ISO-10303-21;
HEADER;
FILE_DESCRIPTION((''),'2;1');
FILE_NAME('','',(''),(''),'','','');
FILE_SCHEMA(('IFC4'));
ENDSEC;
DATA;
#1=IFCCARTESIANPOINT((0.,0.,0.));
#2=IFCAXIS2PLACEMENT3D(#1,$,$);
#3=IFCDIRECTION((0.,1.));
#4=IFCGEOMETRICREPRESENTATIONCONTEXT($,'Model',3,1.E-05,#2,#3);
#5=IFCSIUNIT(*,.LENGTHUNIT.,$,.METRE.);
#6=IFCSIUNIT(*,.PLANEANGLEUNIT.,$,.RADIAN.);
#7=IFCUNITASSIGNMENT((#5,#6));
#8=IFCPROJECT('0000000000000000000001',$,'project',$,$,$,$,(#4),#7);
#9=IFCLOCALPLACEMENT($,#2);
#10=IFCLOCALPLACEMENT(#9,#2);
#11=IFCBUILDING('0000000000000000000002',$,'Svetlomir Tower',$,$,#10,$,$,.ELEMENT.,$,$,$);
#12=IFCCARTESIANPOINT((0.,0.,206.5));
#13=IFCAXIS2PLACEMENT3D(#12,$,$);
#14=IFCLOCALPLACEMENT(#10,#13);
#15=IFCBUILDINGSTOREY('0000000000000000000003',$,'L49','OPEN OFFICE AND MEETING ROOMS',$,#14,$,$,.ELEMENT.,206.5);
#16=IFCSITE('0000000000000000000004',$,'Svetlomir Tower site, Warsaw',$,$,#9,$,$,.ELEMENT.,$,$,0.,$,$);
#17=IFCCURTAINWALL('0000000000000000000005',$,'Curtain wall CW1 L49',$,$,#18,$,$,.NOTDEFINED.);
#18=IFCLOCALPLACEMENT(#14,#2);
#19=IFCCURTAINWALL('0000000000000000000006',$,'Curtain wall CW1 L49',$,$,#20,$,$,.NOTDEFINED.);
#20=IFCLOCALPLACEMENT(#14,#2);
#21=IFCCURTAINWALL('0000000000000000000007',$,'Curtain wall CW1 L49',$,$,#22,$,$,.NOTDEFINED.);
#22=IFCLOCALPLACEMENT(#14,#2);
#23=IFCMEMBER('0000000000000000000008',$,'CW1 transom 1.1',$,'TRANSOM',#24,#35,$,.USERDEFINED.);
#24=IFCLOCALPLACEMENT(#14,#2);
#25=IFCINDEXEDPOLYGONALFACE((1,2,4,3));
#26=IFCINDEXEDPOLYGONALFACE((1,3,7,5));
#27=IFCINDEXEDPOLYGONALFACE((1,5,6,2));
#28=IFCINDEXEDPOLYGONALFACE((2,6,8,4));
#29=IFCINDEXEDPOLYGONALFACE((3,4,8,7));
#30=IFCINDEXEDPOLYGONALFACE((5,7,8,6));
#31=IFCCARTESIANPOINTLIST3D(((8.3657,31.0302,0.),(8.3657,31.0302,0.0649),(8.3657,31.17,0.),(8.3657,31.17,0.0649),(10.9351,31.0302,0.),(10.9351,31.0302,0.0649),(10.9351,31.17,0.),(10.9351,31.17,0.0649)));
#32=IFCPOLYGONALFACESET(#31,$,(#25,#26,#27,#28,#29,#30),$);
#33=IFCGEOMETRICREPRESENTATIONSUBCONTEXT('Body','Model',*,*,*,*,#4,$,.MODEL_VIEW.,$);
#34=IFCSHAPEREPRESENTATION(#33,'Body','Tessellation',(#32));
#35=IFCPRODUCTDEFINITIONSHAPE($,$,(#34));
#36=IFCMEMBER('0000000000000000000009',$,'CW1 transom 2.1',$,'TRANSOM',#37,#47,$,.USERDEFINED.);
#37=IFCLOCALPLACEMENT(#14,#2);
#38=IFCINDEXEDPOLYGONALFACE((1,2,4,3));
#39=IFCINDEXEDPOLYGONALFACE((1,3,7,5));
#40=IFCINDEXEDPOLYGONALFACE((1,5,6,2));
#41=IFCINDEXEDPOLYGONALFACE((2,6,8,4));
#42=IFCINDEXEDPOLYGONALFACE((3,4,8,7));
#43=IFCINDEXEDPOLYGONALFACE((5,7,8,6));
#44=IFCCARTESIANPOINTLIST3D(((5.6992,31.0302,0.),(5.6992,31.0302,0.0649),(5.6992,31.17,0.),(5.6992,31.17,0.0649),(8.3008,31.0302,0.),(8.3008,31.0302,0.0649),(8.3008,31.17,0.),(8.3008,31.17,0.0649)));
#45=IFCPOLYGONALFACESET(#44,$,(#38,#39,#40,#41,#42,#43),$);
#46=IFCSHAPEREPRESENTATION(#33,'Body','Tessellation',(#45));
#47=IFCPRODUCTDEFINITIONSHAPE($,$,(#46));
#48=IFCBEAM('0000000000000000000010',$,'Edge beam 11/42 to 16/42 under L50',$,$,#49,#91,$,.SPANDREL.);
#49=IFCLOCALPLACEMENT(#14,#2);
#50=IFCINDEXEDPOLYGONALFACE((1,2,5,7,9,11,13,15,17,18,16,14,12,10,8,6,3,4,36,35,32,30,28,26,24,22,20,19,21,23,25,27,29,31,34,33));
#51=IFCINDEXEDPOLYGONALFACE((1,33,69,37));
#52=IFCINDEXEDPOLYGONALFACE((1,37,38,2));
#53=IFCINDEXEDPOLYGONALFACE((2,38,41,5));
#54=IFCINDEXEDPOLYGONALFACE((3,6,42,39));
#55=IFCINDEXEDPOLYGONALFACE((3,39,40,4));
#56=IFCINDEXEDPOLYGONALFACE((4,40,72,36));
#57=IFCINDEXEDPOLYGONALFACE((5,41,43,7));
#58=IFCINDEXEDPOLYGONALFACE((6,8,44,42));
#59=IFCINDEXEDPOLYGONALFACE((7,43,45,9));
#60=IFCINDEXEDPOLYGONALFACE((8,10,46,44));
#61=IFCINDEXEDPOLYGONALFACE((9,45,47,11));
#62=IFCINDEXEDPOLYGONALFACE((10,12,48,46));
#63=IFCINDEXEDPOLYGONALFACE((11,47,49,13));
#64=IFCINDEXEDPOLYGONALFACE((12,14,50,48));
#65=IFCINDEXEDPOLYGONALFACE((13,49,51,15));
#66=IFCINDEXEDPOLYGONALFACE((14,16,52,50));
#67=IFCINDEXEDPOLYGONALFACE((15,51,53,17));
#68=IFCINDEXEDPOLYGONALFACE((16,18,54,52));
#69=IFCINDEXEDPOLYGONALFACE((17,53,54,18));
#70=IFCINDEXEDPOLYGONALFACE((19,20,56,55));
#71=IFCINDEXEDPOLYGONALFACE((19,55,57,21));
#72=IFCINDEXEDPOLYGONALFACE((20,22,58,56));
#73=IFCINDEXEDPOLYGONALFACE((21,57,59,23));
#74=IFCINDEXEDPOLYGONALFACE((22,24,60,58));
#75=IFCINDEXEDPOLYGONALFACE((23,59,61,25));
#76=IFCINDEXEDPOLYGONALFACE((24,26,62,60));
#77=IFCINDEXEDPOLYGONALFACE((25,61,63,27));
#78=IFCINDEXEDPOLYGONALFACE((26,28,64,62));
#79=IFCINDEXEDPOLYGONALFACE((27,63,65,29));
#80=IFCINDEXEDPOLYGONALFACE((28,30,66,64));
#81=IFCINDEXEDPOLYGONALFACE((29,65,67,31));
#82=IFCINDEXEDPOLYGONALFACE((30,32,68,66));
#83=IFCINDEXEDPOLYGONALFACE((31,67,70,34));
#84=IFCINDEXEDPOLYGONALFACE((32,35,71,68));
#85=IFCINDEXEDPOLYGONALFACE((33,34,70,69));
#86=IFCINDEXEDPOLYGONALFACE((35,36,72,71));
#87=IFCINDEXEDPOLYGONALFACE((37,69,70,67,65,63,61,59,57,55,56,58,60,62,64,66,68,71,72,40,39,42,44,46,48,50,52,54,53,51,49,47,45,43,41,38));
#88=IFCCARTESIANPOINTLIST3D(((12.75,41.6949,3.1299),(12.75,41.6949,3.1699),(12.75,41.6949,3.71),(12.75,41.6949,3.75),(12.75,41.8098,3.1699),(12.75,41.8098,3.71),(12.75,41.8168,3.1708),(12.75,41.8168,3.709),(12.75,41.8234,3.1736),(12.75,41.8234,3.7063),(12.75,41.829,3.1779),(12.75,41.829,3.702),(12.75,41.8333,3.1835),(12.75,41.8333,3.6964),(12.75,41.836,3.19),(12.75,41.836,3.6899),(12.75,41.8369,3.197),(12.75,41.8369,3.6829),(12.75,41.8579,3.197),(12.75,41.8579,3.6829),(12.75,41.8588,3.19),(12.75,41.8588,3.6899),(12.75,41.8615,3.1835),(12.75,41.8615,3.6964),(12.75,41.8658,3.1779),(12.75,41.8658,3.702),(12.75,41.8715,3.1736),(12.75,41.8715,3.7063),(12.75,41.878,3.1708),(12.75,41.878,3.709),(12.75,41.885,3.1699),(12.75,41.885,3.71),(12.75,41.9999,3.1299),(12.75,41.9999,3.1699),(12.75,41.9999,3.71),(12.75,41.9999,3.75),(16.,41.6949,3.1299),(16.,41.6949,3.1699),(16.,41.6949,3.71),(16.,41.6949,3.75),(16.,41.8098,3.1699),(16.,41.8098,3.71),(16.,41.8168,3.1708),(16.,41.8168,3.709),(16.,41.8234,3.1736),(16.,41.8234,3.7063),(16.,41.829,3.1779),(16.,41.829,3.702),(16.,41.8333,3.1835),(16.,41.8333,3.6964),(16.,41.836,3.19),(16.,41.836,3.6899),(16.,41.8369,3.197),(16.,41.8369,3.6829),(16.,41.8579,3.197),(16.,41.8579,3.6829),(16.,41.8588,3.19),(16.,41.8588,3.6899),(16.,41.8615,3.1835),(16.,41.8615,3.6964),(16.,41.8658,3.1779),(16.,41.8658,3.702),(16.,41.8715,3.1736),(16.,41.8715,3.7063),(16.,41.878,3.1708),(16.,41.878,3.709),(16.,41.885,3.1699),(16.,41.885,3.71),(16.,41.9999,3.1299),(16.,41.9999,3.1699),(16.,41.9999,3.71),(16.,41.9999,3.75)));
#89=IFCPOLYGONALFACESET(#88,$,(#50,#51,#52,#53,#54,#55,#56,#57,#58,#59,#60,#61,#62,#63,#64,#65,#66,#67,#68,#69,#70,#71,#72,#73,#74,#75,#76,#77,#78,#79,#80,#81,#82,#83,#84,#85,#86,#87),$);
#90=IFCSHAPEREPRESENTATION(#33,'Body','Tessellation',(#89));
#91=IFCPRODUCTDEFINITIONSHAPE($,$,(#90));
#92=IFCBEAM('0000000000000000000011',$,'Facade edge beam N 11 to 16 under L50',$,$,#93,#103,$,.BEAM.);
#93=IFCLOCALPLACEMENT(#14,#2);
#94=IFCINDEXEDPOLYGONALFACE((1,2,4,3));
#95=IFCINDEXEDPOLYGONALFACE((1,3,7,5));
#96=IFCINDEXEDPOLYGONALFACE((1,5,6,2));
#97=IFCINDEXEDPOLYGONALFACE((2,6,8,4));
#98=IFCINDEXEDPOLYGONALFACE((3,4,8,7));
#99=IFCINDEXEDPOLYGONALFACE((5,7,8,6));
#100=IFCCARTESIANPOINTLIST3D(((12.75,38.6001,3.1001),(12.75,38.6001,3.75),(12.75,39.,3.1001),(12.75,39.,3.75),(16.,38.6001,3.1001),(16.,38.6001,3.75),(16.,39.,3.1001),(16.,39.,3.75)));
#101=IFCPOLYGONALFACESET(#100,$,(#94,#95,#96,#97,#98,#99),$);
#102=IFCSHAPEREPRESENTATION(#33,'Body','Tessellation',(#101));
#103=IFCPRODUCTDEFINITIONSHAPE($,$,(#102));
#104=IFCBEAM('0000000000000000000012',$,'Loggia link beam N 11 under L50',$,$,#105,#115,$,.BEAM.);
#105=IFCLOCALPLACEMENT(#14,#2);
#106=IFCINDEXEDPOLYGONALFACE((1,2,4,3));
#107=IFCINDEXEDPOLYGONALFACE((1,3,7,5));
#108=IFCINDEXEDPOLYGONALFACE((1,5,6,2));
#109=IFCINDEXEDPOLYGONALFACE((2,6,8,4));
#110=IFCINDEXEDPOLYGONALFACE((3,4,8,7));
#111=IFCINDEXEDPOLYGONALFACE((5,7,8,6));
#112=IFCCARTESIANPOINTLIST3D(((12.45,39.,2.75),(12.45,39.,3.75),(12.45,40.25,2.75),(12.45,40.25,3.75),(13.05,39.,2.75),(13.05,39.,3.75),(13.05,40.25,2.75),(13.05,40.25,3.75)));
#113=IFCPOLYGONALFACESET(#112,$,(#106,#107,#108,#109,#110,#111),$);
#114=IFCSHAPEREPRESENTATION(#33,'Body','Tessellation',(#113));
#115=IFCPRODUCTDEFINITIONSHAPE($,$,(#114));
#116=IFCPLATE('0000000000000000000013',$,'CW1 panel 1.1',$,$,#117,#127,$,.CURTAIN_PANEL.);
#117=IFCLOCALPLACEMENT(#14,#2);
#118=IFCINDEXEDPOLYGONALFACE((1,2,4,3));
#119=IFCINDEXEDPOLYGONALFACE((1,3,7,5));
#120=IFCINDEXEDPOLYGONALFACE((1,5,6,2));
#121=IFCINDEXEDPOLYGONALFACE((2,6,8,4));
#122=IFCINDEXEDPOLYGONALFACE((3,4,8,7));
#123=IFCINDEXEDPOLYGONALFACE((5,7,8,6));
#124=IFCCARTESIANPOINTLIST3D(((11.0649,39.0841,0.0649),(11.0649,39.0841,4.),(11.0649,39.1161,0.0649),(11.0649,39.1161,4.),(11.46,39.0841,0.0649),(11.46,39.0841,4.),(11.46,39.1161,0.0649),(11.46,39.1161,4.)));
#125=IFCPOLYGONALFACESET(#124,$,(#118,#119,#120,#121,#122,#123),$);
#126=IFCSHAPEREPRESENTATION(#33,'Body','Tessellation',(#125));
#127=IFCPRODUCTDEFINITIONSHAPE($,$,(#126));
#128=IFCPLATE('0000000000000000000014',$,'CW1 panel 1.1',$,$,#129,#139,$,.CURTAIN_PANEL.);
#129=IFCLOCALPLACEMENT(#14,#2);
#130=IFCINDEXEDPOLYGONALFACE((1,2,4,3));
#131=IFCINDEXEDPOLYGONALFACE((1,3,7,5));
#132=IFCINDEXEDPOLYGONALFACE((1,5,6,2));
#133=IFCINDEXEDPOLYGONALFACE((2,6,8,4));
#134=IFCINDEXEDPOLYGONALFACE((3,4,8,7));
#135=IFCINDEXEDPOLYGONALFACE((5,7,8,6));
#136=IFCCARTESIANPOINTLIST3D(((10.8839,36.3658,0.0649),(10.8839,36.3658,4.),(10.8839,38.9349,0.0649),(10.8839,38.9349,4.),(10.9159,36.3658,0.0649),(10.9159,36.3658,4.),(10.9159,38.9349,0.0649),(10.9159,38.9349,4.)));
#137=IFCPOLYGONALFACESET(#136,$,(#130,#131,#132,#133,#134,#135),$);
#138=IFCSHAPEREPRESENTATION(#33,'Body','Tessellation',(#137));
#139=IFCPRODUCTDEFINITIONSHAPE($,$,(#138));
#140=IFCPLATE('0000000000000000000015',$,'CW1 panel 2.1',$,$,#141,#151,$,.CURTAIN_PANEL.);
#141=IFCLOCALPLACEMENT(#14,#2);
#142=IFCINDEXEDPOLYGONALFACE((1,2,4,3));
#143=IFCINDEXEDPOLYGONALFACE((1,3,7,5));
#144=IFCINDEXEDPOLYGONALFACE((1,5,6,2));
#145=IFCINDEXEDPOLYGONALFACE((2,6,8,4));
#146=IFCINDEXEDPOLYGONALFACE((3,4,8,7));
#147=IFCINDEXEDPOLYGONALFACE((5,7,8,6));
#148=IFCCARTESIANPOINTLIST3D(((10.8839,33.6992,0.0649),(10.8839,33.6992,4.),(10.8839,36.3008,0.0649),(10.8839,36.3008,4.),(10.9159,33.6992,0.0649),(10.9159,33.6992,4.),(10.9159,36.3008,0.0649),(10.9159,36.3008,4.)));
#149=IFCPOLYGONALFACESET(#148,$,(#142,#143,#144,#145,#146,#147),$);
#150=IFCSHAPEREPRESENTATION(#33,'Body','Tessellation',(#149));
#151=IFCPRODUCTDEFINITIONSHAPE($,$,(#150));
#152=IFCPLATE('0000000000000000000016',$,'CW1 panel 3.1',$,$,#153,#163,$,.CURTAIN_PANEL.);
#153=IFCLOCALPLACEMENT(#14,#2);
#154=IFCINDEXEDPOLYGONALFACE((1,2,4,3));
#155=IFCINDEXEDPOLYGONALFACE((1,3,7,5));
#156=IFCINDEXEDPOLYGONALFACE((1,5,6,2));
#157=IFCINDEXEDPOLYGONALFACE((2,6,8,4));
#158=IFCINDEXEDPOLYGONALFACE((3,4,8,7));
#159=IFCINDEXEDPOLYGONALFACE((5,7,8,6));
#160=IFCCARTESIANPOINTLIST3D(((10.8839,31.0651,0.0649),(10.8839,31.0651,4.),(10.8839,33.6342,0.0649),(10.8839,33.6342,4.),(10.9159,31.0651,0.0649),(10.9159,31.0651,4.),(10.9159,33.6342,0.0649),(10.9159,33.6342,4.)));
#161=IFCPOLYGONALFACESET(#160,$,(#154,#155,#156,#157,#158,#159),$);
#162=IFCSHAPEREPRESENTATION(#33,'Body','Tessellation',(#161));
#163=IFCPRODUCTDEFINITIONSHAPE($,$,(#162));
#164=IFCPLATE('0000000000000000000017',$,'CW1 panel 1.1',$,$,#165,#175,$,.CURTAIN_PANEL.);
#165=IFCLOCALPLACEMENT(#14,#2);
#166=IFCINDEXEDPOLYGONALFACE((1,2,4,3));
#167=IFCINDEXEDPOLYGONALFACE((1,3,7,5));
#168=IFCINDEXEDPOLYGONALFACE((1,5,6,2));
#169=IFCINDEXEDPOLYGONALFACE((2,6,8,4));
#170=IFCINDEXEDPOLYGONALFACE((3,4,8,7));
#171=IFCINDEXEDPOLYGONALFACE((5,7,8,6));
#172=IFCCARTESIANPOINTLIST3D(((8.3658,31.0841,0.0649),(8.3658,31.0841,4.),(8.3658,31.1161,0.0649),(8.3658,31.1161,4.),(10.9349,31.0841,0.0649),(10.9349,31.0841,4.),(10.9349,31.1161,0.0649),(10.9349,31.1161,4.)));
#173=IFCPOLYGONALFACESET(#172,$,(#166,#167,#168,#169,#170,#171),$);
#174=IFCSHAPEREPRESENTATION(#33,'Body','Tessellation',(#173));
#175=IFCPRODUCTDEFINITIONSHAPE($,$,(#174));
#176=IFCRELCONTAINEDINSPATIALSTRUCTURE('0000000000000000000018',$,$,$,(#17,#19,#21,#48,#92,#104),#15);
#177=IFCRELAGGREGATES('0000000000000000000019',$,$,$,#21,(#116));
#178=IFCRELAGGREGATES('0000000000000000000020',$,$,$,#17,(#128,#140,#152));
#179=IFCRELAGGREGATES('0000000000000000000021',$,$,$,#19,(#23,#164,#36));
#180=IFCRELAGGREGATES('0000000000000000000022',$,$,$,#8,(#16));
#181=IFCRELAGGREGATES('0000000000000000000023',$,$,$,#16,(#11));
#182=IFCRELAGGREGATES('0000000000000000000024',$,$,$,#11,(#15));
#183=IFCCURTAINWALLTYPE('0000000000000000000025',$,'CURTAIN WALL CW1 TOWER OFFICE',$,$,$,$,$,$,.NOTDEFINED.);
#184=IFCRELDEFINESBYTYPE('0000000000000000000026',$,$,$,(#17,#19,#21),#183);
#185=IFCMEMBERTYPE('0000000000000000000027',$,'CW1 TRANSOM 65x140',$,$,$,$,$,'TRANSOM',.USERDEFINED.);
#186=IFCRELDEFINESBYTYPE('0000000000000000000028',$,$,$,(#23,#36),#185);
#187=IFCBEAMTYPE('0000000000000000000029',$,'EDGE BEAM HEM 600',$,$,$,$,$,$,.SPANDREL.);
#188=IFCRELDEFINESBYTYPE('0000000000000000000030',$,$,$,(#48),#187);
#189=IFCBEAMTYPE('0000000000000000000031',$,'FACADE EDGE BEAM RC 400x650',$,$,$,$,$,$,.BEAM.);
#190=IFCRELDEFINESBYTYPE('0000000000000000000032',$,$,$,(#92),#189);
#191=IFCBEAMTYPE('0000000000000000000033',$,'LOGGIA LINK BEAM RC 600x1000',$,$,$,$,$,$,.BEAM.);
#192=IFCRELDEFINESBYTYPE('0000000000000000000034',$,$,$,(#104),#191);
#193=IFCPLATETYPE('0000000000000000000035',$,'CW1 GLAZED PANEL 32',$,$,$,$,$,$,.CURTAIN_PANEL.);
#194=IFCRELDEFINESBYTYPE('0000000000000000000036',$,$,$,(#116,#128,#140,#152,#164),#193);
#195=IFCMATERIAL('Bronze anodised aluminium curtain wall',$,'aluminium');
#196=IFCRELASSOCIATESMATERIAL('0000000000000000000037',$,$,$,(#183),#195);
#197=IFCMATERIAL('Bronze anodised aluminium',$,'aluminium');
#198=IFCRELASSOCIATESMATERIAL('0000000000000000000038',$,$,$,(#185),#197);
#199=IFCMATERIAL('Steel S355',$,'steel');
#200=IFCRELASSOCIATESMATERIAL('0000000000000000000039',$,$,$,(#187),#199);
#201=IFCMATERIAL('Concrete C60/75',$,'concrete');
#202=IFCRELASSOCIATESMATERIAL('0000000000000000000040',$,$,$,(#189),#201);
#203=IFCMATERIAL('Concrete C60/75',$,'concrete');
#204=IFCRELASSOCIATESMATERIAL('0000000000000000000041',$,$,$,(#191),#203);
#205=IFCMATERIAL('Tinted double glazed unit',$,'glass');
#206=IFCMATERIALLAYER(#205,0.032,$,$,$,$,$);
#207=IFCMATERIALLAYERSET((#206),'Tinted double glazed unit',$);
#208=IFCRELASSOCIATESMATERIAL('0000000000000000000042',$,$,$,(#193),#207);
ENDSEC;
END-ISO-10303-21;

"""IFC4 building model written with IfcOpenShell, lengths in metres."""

from ifc_helpers import new_model, si_unit, direction, frame, origin, origin_2d, place, context, subcontext, project, spatial, rectangle, i_section, extrude, material, layer, layer_set, material_profile, profile_set, type_object, element, aggregate, save


model = new_model("IFC4")

# Units and contexts
model_context = context("Model", 3, precision=1e-05, world=origin(), true_north=direction((0.0, 1.0)))
body_context = subcontext(model_context, "Body", "Model", "MODEL_VIEW")
ifc_project = project(units=[si_unit("LENGTHUNIT", "METRE"), si_unit("PLANEANGLEUNIT", "RADIAN")], contexts=[model_context])

# Site, building, storey
site_placement = place(None, origin())
site = spatial("IfcSite", under=ifc_project, at=site_placement, Name="Svetlomir Tower site, Warsaw", CompositionType="ELEMENT", RefElevation=0.0)
building_placement = place(site_placement, origin())
building = spatial("IfcBuilding", under=site, at=building_placement, Name="Svetlomir Tower", CompositionType="ELEMENT")
storey_placement = place(building_placement, frame((0.0, 0.0, 206.5)))
storey = spatial("IfcBuildingStorey", under=building, at=storey_placement, Name="L49", Description="OPEN OFFICE AND MEETING ROOMS", CompositionType="ELEMENT", Elevation=206.5)

# Curtain walls
ifc_material_1 = material(Name="Bronze anodised aluminium curtain wall", Category="aluminium")
curtain_wall_type = type_object("IfcCurtainWallType", Name="CURTAIN WALL CW1 TOWER OFFICE", PredefinedType="NOTDEFINED", material=ifc_material_1)
curtain_wall_1_placement = place(storey_placement, origin())
curtain_wall_1 = element("IfcCurtainWall", 1, at=curtain_wall_1_placement, inside=storey, type_object=curtain_wall_type, Name="Curtain wall CW1 L49", PredefinedType="NOTDEFINED")
curtain_wall_2_placement = place(storey_placement, origin())
curtain_wall_2 = element("IfcCurtainWall", 2, at=curtain_wall_2_placement, inside=storey, type_object=curtain_wall_type, Name="Curtain wall CW1 L49", PredefinedType="NOTDEFINED")

# Curtain wall
curtain_wall_3_placement = place(storey_placement, origin())
curtain_wall_3 = element("IfcCurtainWall", 3, at=curtain_wall_3_placement, inside=storey, type_object=curtain_wall_type, Name="Curtain wall CW1 L49", PredefinedType="NOTDEFINED")

# Members
ifc_material_2 = material(Name="Bronze anodised aluminium", Category="aluminium")
ifc_material_profile_1 = material_profile(ifc_material_2, rectangle(XDim=0.1399, YDim=0.0649, at=origin_2d()), Name="AL 140x65")
ifc_profile_set_1 = profile_set([ifc_material_profile_1], Name="Bronze anodised aluminium 6063-T6")
member_type_1 = type_object("IfcMemberType", Name="CW1 TRANSOM 65x140", ElementType="TRANSOM", PredefinedType="USERDEFINED", material=ifc_profile_set_1)
member_1_placement = place(storey_placement, frame((10.9351, 31.1001, 0.0325), z_axis=(-1.0, 0.0, 0.0), x_axis=(0.0, -1.0, 0.0)))
member_1 = element("IfcMember", 4, at=member_1_placement, type_object=member_type_1, Name="CW1 transom 1.1", ObjectType="TRANSOM", PredefinedType="USERDEFINED", context=body_context, shape_type="SweptSolid", body=[
    extrude(rectangle(XDim=0.1399, YDim=0.0649, at=origin_2d()), origin(), (0.0, 0.0, 1.0), 2.5693),
])
member_2_placement = place(storey_placement, frame((8.3008, 31.1001, 0.0325), z_axis=(-1.0, 0.0, 0.0), x_axis=(0.0, -1.0, 0.0)))
member_2 = element("IfcMember", 5, at=member_2_placement, type_object=member_type_1, Name="CW1 transom 2.1", ObjectType="TRANSOM", PredefinedType="USERDEFINED", context=body_context, shape_type="SweptSolid", body=[
    extrude(rectangle(XDim=0.1399, YDim=0.0649, at=origin_2d()), origin(), (0.0, 0.0, 1.0), 2.6016),
])

# Beams
ifc_material_3 = material(Name="Steel S355", Category="steel")
ifc_material_profile_2 = material_profile(ifc_material_3, i_section(OverallWidth=0.3049, OverallDepth=0.6201, WebThickness=0.021, FlangeThickness=0.04, FilletRadius=0.0271, at=origin_2d()), Name="HEM 600")
ifc_profile_set_2 = profile_set([ifc_material_profile_2], Name="Steel S355")
beam_type_1 = type_object("IfcBeamType", Name="EDGE BEAM HEM 600", PredefinedType="SPANDREL", material=ifc_profile_set_2)
beam_1_placement = place(storey_placement, frame((12.75, 41.8474, 3.4399), z_axis=(1.0, 0.0, 0.0), x_axis=(0.0, 1.0, 0.0)))
element("IfcBeam", 6, at=beam_1_placement, inside=storey, type_object=beam_type_1, Name="Edge beam 11/42 to 16/42 under L50", PredefinedType="SPANDREL", context=body_context, shape_type="SweptSolid", body=[
    extrude(i_section(OverallWidth=0.3049, OverallDepth=0.6201, WebThickness=0.021, FlangeThickness=0.04, FilletRadius=0.0271, at=origin_2d()), origin(), (0.0, 0.0, 1.0), 3.25),
])
ifc_material_4 = material(Name="Concrete C60/75", Category="concrete")
ifc_material_profile_3 = material_profile(ifc_material_4, rectangle(XDim=0.3999, YDim=0.6499, at=origin_2d()), Name="RC 400x650")
ifc_profile_set_3 = profile_set([ifc_material_profile_3], Name="Concrete C60/75")
beam_type_2 = type_object("IfcBeamType", Name="FACADE EDGE BEAM RC 400x650", PredefinedType="BEAM", material=ifc_profile_set_3)
beam_2_placement = place(storey_placement, frame((12.75, 38.8, 3.425), z_axis=(1.0, 0.0, 0.0), x_axis=(0.0, 1.0, 0.0)))
element("IfcBeam", 7, at=beam_2_placement, inside=storey, type_object=beam_type_2, Name="Facade edge beam N 11 to 16 under L50", PredefinedType="BEAM", context=body_context, shape_type="SweptSolid", body=[
    extrude(rectangle(XDim=0.3999, YDim=0.6499, at=origin_2d()), origin(), (0.0, 0.0, 1.0), 3.25),
])
ifc_material_5 = material(Name="Concrete C60/75", Category="concrete")
ifc_material_profile_4 = material_profile(ifc_material_5, rectangle(XDim=0.6001, YDim=1.0, at=origin_2d()), Name="RC 600x1000")
ifc_profile_set_4 = profile_set([ifc_material_profile_4], Name="Concrete C60/75")
beam_type_3 = type_object("IfcBeamType", Name="LOGGIA LINK BEAM RC 600x1000", PredefinedType="BEAM", material=ifc_profile_set_4)
beam_3_placement = place(storey_placement, frame((12.75, 40.25, 3.25), z_axis=(0.0, -1.0, 0.0), x_axis=(1.0, 0.0, 0.0)))
element("IfcBeam", 8, at=beam_3_placement, inside=storey, type_object=beam_type_3, Name="Loggia link beam N 11 under L50", PredefinedType="BEAM", context=body_context, shape_type="SweptSolid", body=[
    extrude(rectangle(XDim=0.6001, YDim=1.0, at=origin_2d()), origin(), (0.0, 0.0, 1.0), 1.25),
])

# Plates
ifc_material_6 = material(Name="Tinted double glazed unit", Category="glass")
ifc_layer_1 = layer(ifc_material_6, 0.032)
ifc_layer_set_1 = layer_set([ifc_layer_1], Name="Tinted double glazed unit")
plate_type = type_object("IfcPlateType", Name="CW1 GLAZED PANEL 32", PredefinedType="CURTAIN_PANEL", material=ifc_layer_set_1)
plate_1_placement = place(storey_placement, frame((11.2625, 39.1001, 0.0649), z_axis=(0.0, 0.0, 1.0), x_axis=(-1.0, 0.0, 0.0)))
plate_1 = element("IfcPlate", 9, at=plate_1_placement, type_object=plate_type, Name="CW1 panel 1.1", PredefinedType="CURTAIN_PANEL", context=body_context, shape_type="SweptSolid", body=[
    extrude(rectangle(XDim=0.395, YDim=0.032, at=origin_2d()), origin(), (0.0, 0.0, 1.0), 3.9351),
])
aggregate(curtain_wall_3, [plate_1])
plate_2_placement = place(storey_placement, frame((10.8999, 37.6504, 0.0649), z_axis=(0.0, 0.0, 1.0), x_axis=(0.0, -1.0, 0.0)))
plate_2 = element("IfcPlate", 10, at=plate_2_placement, type_object=plate_type, Name="CW1 panel 1.1", PredefinedType="CURTAIN_PANEL", context=body_context, shape_type="SweptSolid", body=[
    extrude(rectangle(XDim=2.5691, YDim=0.032, at=origin_2d()), origin(), (0.0, 0.0, 1.0), 3.9351),
])
plate_3_placement = place(storey_placement, frame((10.8999, 35.0, 0.0649), z_axis=(0.0, 0.0, 1.0), x_axis=(0.0, -1.0, 0.0)))
plate_3 = element("IfcPlate", 11, at=plate_3_placement, type_object=plate_type, Name="CW1 panel 2.1", PredefinedType="CURTAIN_PANEL", context=body_context, shape_type="SweptSolid", body=[
    extrude(rectangle(XDim=2.6016, YDim=0.032, at=origin_2d()), origin(), (0.0, 0.0, 1.0), 3.9351),
])
plate_4_placement = place(storey_placement, frame((10.8999, 32.3496, 0.0649), z_axis=(0.0, 0.0, 1.0), x_axis=(0.0, -1.0, 0.0)))
plate_4 = element("IfcPlate", 12, at=plate_4_placement, type_object=plate_type, Name="CW1 panel 3.1", PredefinedType="CURTAIN_PANEL", context=body_context, shape_type="SweptSolid", body=[
    extrude(rectangle(XDim=2.5691, YDim=0.032, at=origin_2d()), origin(), (0.0, 0.0, 1.0), 3.9351),
])
aggregate(curtain_wall_1, [plate_2, plate_3, plate_4])
plate_5_placement = place(storey_placement, frame((9.6504, 31.1001, 0.0649), z_axis=(0.0, 0.0, 1.0), x_axis=(-1.0, 0.0, 0.0)))
plate_5 = element("IfcPlate", 13, at=plate_5_placement, type_object=plate_type, Name="CW1 panel 1.1", PredefinedType="CURTAIN_PANEL", context=body_context, shape_type="SweptSolid", body=[
    extrude(rectangle(XDim=2.5691, YDim=0.032, at=origin_2d()), origin(), (0.0, 0.0, 1.0), 3.9351),
])
aggregate(curtain_wall_2, [member_1, plate_5, member_2])

save(model, "model.ifc")
